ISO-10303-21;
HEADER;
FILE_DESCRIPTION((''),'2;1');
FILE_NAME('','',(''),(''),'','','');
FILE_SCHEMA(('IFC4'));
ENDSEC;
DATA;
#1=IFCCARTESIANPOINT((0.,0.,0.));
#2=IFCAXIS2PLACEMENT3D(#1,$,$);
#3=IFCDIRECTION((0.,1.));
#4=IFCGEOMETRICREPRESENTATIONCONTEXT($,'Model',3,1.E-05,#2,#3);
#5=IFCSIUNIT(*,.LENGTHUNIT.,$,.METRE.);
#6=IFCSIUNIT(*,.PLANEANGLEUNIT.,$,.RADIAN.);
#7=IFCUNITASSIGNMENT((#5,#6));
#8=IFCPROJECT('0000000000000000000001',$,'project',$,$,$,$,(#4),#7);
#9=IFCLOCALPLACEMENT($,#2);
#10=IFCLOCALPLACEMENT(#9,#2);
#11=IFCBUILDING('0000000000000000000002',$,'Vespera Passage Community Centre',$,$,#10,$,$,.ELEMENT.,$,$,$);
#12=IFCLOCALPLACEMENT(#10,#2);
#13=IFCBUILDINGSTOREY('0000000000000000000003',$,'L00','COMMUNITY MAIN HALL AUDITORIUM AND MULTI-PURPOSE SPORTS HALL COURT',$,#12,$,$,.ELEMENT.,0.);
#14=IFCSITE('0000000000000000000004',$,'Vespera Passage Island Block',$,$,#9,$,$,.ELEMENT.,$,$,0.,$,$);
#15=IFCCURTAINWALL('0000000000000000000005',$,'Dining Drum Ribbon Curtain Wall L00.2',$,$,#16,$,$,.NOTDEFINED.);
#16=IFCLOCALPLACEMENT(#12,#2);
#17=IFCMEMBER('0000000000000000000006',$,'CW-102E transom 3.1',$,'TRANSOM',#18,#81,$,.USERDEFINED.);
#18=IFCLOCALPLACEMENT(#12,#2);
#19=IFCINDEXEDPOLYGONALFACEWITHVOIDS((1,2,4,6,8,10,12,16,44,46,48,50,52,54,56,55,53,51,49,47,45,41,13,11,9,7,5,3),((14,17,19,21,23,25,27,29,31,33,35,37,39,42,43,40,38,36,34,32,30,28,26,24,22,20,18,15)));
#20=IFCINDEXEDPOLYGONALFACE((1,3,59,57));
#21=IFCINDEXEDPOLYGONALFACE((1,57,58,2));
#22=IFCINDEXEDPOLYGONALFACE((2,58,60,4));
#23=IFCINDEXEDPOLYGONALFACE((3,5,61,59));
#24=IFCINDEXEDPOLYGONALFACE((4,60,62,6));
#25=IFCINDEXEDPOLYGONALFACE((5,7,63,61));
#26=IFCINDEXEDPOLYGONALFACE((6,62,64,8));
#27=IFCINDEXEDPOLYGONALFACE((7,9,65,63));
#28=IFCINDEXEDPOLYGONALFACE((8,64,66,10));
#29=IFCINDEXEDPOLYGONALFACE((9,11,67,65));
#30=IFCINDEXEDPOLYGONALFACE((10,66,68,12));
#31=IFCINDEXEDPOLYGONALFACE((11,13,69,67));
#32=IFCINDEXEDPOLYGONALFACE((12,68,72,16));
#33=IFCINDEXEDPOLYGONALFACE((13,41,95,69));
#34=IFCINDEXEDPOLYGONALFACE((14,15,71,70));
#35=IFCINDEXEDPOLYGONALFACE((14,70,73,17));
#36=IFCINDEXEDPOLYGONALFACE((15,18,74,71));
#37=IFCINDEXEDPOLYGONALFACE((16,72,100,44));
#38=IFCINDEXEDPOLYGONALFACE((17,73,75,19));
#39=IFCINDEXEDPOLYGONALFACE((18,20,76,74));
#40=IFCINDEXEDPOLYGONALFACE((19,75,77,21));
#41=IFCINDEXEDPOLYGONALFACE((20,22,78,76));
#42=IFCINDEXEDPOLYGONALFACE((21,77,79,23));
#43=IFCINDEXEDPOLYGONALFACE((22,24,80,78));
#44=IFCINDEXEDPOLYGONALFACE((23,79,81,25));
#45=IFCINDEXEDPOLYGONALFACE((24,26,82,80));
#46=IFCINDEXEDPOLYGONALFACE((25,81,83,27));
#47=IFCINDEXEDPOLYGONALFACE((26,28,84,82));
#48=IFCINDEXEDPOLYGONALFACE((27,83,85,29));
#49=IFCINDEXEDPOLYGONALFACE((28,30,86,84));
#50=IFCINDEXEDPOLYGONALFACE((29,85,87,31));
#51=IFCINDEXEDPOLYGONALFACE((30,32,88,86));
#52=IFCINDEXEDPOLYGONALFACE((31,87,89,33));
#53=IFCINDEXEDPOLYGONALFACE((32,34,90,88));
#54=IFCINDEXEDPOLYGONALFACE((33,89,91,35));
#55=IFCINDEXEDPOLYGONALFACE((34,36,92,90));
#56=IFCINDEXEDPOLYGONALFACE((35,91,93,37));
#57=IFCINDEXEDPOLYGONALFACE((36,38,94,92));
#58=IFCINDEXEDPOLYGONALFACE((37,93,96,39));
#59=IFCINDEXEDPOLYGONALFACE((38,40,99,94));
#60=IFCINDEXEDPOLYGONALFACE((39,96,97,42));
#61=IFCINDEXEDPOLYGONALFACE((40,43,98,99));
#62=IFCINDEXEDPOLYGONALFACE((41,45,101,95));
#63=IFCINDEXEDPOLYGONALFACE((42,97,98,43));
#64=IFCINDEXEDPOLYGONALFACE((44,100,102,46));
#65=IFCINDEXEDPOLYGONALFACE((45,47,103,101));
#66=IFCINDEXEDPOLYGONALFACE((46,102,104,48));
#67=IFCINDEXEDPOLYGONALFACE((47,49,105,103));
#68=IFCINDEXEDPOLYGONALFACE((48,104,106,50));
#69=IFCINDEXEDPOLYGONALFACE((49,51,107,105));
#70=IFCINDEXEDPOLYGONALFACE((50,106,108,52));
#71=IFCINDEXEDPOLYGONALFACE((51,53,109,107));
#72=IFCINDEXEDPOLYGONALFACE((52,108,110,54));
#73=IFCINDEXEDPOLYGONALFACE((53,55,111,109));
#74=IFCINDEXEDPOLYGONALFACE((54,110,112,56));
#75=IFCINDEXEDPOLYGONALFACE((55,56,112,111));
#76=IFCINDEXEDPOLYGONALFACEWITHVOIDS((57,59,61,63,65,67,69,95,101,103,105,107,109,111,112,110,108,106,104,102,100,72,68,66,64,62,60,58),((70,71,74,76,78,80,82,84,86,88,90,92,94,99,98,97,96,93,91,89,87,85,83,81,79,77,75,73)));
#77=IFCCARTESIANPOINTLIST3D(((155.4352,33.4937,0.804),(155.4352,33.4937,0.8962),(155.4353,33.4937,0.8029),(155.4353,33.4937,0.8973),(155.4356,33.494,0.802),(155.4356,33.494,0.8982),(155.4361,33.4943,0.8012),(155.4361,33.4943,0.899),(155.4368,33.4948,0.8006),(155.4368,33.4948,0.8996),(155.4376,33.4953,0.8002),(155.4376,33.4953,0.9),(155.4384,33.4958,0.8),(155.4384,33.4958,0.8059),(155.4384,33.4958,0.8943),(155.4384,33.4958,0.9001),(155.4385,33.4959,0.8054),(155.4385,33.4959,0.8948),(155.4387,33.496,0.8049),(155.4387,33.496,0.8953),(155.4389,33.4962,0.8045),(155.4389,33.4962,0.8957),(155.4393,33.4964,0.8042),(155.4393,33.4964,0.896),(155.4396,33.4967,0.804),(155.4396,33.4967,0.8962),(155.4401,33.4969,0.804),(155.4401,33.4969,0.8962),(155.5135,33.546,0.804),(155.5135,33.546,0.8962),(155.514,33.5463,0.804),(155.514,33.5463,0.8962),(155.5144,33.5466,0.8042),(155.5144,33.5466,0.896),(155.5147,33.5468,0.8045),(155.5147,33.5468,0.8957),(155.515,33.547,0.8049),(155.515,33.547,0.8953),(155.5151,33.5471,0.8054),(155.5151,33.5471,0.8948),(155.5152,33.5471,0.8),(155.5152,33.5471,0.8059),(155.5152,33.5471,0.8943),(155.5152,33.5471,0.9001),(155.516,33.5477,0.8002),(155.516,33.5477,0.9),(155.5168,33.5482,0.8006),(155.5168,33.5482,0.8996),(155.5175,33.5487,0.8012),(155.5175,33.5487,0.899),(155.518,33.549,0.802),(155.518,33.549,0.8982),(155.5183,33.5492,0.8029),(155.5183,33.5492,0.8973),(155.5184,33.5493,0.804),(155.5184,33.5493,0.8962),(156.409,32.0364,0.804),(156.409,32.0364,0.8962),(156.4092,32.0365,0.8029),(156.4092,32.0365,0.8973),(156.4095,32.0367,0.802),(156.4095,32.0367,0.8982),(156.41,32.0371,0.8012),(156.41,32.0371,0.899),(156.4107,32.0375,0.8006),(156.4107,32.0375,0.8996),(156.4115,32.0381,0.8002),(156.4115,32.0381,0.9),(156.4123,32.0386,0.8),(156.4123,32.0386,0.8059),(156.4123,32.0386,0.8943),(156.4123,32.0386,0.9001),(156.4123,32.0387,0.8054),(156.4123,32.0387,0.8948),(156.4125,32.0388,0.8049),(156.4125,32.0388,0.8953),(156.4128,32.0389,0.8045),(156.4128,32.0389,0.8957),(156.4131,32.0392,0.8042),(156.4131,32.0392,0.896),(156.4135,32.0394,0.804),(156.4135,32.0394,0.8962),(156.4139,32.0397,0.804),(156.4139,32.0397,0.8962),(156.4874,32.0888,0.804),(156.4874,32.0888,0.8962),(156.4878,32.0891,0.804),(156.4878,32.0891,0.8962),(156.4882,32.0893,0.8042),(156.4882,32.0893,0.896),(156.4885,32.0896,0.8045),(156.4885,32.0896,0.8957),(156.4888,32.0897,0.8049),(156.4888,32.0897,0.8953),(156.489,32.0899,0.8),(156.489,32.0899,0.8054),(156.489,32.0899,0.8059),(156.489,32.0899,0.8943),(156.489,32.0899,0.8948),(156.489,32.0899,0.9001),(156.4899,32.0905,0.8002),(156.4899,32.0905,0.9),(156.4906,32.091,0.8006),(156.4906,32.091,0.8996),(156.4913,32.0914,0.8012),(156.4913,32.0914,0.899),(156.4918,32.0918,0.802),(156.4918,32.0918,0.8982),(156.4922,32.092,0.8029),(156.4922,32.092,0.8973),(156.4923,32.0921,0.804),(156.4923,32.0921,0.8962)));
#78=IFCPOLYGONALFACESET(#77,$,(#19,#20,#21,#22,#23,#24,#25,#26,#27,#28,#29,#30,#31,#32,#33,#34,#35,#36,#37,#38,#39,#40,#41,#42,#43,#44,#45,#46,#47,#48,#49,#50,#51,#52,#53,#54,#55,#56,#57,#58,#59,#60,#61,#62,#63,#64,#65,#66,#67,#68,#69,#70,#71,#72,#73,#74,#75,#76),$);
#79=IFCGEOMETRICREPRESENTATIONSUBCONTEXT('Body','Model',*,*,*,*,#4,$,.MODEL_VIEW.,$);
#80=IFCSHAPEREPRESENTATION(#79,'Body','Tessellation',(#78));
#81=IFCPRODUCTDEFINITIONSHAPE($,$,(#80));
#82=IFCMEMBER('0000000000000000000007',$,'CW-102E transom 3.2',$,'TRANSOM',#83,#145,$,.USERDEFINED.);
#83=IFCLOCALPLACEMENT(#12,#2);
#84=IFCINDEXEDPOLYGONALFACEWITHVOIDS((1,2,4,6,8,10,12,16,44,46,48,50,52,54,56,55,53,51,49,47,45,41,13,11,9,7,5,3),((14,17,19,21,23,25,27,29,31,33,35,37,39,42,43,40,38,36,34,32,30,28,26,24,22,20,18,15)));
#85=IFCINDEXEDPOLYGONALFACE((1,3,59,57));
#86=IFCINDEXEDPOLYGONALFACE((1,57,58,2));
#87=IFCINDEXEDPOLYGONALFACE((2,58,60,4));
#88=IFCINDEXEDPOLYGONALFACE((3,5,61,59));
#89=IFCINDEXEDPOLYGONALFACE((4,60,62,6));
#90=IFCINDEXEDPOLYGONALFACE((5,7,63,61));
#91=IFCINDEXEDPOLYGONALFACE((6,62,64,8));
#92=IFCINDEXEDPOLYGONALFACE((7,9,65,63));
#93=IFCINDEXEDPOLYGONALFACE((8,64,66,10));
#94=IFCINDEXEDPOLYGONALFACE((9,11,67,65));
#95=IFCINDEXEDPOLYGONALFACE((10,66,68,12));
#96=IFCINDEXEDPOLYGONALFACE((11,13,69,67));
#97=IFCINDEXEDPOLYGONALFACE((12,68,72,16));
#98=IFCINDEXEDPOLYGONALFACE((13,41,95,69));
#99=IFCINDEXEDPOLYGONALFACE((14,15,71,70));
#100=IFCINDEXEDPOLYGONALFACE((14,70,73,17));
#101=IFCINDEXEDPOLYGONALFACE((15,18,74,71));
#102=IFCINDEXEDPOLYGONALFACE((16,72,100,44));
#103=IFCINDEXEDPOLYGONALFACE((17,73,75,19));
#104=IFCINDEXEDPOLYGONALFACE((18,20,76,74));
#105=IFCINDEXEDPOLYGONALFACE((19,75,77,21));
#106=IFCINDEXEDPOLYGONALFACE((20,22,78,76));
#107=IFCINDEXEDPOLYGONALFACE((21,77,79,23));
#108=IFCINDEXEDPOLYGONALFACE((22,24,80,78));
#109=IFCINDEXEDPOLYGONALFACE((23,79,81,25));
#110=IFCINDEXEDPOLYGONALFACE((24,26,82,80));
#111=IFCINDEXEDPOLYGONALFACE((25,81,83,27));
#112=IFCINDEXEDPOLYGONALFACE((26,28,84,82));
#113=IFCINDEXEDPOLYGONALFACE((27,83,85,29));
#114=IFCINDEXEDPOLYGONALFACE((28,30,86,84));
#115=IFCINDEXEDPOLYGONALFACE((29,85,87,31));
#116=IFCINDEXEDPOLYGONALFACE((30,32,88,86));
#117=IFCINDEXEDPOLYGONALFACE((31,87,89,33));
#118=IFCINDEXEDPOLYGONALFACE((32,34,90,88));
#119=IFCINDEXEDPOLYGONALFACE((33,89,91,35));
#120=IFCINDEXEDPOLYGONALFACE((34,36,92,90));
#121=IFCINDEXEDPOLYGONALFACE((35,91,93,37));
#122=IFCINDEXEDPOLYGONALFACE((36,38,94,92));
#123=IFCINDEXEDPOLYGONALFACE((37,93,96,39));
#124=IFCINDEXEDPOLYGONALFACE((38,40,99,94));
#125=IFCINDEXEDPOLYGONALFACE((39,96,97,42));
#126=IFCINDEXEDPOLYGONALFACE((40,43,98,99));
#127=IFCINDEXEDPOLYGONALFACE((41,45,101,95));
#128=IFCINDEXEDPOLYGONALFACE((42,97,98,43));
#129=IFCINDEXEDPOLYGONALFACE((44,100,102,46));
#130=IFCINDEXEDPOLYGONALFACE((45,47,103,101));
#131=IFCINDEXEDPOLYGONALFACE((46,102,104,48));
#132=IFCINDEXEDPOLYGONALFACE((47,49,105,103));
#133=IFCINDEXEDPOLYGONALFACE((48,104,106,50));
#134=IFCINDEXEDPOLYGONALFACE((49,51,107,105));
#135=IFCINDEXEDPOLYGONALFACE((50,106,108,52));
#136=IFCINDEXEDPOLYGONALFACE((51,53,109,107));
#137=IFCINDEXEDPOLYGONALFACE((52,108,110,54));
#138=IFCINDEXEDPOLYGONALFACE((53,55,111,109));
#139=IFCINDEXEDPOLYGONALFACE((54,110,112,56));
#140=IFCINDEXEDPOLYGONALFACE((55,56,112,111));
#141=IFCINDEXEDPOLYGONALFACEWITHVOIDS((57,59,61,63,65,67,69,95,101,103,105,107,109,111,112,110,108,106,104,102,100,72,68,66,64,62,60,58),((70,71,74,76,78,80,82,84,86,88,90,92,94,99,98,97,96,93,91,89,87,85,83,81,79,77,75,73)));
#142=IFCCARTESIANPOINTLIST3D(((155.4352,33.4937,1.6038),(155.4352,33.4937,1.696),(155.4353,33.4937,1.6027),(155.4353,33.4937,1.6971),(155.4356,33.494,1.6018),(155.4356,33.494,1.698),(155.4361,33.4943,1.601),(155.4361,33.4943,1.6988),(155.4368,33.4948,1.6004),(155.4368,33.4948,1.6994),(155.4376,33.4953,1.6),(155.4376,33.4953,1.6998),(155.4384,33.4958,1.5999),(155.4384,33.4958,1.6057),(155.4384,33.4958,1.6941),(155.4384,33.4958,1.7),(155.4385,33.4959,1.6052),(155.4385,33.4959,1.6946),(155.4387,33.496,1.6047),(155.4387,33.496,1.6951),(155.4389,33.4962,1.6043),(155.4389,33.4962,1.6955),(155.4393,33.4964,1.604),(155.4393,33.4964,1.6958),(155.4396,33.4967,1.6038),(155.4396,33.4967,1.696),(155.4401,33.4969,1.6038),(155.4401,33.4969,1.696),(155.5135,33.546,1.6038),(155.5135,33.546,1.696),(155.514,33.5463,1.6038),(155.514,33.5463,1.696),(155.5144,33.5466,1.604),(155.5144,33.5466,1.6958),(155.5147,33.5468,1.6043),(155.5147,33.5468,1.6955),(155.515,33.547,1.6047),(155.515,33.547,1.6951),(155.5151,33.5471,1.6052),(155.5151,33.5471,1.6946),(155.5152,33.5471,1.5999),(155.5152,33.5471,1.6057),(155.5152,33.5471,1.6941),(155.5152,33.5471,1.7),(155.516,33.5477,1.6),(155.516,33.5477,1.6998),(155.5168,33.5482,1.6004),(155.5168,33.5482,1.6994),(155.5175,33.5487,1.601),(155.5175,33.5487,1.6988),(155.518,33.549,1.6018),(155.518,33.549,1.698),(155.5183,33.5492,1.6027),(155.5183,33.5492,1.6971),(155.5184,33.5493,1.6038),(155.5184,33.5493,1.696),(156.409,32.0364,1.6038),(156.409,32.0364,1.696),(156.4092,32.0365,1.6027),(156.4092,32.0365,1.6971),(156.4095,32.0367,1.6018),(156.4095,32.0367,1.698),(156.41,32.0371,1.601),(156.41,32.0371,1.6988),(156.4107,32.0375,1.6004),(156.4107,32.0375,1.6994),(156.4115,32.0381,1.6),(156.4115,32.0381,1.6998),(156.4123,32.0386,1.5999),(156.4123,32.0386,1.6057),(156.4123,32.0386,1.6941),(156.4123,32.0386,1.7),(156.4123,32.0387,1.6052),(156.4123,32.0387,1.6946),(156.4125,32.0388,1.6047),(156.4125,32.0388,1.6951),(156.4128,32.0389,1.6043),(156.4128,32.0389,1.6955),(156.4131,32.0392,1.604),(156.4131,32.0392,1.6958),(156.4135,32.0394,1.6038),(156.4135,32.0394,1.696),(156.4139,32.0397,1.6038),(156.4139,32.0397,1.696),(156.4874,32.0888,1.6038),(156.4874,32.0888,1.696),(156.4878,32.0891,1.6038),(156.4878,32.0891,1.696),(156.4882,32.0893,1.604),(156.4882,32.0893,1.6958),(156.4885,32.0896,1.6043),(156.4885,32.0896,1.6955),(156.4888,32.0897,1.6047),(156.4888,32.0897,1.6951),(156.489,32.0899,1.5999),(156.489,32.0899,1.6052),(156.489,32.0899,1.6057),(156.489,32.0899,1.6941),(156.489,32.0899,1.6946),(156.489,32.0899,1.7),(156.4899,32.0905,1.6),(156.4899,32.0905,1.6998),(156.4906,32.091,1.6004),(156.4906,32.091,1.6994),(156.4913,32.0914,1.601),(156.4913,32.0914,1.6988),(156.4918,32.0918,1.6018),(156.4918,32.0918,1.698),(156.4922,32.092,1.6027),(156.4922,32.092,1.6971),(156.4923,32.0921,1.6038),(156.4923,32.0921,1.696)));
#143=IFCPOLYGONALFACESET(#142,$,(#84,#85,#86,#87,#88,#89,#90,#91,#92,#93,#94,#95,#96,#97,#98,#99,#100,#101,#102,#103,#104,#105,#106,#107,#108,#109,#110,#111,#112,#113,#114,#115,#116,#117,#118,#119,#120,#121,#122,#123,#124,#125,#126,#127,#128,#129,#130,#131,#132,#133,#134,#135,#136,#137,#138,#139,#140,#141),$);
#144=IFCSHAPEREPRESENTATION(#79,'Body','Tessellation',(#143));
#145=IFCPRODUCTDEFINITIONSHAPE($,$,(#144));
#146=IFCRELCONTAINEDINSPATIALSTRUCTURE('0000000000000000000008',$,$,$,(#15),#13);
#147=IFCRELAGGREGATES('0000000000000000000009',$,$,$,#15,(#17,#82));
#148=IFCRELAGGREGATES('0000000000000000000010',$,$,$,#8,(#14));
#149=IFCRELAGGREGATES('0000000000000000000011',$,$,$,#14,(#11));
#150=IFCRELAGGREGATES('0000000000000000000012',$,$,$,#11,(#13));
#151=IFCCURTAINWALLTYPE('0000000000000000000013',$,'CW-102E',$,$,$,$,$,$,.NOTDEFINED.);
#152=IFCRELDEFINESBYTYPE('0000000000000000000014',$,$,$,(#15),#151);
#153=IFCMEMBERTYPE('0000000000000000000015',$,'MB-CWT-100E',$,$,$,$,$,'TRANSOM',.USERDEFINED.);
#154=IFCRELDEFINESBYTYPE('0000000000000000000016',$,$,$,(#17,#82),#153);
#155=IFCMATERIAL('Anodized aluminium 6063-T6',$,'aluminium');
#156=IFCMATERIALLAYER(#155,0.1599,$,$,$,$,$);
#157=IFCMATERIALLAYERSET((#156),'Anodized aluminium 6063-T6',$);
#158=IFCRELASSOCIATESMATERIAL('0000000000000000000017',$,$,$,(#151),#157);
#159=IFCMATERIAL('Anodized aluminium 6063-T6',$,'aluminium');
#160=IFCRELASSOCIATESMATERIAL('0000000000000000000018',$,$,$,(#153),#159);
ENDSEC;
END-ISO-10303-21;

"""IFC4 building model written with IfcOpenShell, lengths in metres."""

from ifc_helpers import new_model, si_unit, direction, frame, origin, origin_2d, place, context, subcontext, project, spatial, hollow_rectangle, extrude, material, layer, layer_set, material_profile, profile_set, type_object, element, aggregate, save


model = new_model("IFC4")

# Units and contexts
model_context = context("Model", 3, precision=1e-05, world=origin(), true_north=direction((0.0, 1.0)))
body_context = subcontext(model_context, "Body", "Model", "MODEL_VIEW")
ifc_project = project(units=[si_unit("LENGTHUNIT", "METRE"), si_unit("PLANEANGLEUNIT", "RADIAN")], contexts=[model_context])

# Site, building, storey
site_placement = place(None, origin())
site = spatial("IfcSite", under=ifc_project, at=site_placement, Name="Vespera Passage Island Block", CompositionType="ELEMENT", RefElevation=0.0)
building_placement = place(site_placement, origin())
building = spatial("IfcBuilding", under=site, at=building_placement, Name="Vespera Passage Community Centre", CompositionType="ELEMENT")
storey_placement = place(building_placement, origin())
storey = spatial("IfcBuildingStorey", under=building, at=storey_placement, Name="L00", Description="COMMUNITY MAIN HALL AUDITORIUM AND MULTI-PURPOSE SPORTS HALL COURT", CompositionType="ELEMENT", Elevation=0.0)

# Curtain wall
ifc_material_1 = material(Name="Anodized aluminium 6063-T6", Category="aluminium")
ifc_layer_1 = layer(ifc_material_1, 0.1599)
ifc_layer_set_1 = layer_set([ifc_layer_1], Name="Anodized aluminium 6063-T6")
curtain_wall_type_1 = type_object("IfcCurtainWallType", Name="CW-102E", PredefinedType="NOTDEFINED", material=ifc_layer_set_1)
curtain_wall_1_placement = place(storey_placement, origin())
curtain_wall_1 = element("IfcCurtainWall", 1, at=curtain_wall_1_placement, inside=storey, type_object=curtain_wall_type_1, Name="Dining Drum Ribbon Curtain Wall L00.2", PredefinedType="NOTDEFINED")

# Members
ifc_material_2 = material(Name="Anodized aluminium 6063-T6", Category="aluminium")
ifc_material_profile_1 = material_profile(ifc_material_2, hollow_rectangle(XDim=0.1001, YDim=0.1001, WallThickness=0.0039, InnerFilletRadius=0.002, OuterFilletRadius=0.0039, at=origin_2d()), Name="ALU100X100X4")
ifc_profile_set_1 = profile_set([ifc_material_profile_1], Name="Anodized aluminium 6063-T6")
member_type_1 = type_object("IfcMemberType", Name="MB-CWT-100E", ElementType="TRANSOM", PredefinedType="USERDEFINED", material=ifc_profile_set_1)
member_1_placement = place(storey_placement, frame((155.4768, 33.5215, 0.8501), z_axis=(0.555632, -0.831428, 0.0), x_axis=(0.831428, 0.555632, 0.0)))
member_1 = element("IfcMember", 2, at=member_1_placement, type_object=member_type_1, Name="CW-102E transom 3.1", ObjectType="TRANSOM", PredefinedType="USERDEFINED", context=body_context, shape_type="SweptSolid", body=[
    extrude(hollow_rectangle(XDim=0.1001, YDim=0.1001, WallThickness=0.0039, InnerFilletRadius=0.002, OuterFilletRadius=0.0039, at=origin_2d()), origin(), (0.0, 0.0, 1.0), 1.7527),
])
member_2_placement = place(storey_placement, frame((155.4768, 33.5215, 1.6499), z_axis=(0.555632, -0.831428, 0.0), x_axis=(0.831428, 0.555632, 0.0)))
member_2 = element("IfcMember", 3, at=member_2_placement, type_object=member_type_1, Name="CW-102E transom 3.2", ObjectType="TRANSOM", PredefinedType="USERDEFINED", context=body_context, shape_type="SweptSolid", body=[
    extrude(hollow_rectangle(XDim=0.1001, YDim=0.1001, WallThickness=0.0039, InnerFilletRadius=0.002, OuterFilletRadius=0.0039, at=origin_2d()), origin(), (0.0, 0.0, 1.0), 1.7527),
])

aggregate(curtain_wall_1, [member_1, member_2])

save(model, "model.ifc")
